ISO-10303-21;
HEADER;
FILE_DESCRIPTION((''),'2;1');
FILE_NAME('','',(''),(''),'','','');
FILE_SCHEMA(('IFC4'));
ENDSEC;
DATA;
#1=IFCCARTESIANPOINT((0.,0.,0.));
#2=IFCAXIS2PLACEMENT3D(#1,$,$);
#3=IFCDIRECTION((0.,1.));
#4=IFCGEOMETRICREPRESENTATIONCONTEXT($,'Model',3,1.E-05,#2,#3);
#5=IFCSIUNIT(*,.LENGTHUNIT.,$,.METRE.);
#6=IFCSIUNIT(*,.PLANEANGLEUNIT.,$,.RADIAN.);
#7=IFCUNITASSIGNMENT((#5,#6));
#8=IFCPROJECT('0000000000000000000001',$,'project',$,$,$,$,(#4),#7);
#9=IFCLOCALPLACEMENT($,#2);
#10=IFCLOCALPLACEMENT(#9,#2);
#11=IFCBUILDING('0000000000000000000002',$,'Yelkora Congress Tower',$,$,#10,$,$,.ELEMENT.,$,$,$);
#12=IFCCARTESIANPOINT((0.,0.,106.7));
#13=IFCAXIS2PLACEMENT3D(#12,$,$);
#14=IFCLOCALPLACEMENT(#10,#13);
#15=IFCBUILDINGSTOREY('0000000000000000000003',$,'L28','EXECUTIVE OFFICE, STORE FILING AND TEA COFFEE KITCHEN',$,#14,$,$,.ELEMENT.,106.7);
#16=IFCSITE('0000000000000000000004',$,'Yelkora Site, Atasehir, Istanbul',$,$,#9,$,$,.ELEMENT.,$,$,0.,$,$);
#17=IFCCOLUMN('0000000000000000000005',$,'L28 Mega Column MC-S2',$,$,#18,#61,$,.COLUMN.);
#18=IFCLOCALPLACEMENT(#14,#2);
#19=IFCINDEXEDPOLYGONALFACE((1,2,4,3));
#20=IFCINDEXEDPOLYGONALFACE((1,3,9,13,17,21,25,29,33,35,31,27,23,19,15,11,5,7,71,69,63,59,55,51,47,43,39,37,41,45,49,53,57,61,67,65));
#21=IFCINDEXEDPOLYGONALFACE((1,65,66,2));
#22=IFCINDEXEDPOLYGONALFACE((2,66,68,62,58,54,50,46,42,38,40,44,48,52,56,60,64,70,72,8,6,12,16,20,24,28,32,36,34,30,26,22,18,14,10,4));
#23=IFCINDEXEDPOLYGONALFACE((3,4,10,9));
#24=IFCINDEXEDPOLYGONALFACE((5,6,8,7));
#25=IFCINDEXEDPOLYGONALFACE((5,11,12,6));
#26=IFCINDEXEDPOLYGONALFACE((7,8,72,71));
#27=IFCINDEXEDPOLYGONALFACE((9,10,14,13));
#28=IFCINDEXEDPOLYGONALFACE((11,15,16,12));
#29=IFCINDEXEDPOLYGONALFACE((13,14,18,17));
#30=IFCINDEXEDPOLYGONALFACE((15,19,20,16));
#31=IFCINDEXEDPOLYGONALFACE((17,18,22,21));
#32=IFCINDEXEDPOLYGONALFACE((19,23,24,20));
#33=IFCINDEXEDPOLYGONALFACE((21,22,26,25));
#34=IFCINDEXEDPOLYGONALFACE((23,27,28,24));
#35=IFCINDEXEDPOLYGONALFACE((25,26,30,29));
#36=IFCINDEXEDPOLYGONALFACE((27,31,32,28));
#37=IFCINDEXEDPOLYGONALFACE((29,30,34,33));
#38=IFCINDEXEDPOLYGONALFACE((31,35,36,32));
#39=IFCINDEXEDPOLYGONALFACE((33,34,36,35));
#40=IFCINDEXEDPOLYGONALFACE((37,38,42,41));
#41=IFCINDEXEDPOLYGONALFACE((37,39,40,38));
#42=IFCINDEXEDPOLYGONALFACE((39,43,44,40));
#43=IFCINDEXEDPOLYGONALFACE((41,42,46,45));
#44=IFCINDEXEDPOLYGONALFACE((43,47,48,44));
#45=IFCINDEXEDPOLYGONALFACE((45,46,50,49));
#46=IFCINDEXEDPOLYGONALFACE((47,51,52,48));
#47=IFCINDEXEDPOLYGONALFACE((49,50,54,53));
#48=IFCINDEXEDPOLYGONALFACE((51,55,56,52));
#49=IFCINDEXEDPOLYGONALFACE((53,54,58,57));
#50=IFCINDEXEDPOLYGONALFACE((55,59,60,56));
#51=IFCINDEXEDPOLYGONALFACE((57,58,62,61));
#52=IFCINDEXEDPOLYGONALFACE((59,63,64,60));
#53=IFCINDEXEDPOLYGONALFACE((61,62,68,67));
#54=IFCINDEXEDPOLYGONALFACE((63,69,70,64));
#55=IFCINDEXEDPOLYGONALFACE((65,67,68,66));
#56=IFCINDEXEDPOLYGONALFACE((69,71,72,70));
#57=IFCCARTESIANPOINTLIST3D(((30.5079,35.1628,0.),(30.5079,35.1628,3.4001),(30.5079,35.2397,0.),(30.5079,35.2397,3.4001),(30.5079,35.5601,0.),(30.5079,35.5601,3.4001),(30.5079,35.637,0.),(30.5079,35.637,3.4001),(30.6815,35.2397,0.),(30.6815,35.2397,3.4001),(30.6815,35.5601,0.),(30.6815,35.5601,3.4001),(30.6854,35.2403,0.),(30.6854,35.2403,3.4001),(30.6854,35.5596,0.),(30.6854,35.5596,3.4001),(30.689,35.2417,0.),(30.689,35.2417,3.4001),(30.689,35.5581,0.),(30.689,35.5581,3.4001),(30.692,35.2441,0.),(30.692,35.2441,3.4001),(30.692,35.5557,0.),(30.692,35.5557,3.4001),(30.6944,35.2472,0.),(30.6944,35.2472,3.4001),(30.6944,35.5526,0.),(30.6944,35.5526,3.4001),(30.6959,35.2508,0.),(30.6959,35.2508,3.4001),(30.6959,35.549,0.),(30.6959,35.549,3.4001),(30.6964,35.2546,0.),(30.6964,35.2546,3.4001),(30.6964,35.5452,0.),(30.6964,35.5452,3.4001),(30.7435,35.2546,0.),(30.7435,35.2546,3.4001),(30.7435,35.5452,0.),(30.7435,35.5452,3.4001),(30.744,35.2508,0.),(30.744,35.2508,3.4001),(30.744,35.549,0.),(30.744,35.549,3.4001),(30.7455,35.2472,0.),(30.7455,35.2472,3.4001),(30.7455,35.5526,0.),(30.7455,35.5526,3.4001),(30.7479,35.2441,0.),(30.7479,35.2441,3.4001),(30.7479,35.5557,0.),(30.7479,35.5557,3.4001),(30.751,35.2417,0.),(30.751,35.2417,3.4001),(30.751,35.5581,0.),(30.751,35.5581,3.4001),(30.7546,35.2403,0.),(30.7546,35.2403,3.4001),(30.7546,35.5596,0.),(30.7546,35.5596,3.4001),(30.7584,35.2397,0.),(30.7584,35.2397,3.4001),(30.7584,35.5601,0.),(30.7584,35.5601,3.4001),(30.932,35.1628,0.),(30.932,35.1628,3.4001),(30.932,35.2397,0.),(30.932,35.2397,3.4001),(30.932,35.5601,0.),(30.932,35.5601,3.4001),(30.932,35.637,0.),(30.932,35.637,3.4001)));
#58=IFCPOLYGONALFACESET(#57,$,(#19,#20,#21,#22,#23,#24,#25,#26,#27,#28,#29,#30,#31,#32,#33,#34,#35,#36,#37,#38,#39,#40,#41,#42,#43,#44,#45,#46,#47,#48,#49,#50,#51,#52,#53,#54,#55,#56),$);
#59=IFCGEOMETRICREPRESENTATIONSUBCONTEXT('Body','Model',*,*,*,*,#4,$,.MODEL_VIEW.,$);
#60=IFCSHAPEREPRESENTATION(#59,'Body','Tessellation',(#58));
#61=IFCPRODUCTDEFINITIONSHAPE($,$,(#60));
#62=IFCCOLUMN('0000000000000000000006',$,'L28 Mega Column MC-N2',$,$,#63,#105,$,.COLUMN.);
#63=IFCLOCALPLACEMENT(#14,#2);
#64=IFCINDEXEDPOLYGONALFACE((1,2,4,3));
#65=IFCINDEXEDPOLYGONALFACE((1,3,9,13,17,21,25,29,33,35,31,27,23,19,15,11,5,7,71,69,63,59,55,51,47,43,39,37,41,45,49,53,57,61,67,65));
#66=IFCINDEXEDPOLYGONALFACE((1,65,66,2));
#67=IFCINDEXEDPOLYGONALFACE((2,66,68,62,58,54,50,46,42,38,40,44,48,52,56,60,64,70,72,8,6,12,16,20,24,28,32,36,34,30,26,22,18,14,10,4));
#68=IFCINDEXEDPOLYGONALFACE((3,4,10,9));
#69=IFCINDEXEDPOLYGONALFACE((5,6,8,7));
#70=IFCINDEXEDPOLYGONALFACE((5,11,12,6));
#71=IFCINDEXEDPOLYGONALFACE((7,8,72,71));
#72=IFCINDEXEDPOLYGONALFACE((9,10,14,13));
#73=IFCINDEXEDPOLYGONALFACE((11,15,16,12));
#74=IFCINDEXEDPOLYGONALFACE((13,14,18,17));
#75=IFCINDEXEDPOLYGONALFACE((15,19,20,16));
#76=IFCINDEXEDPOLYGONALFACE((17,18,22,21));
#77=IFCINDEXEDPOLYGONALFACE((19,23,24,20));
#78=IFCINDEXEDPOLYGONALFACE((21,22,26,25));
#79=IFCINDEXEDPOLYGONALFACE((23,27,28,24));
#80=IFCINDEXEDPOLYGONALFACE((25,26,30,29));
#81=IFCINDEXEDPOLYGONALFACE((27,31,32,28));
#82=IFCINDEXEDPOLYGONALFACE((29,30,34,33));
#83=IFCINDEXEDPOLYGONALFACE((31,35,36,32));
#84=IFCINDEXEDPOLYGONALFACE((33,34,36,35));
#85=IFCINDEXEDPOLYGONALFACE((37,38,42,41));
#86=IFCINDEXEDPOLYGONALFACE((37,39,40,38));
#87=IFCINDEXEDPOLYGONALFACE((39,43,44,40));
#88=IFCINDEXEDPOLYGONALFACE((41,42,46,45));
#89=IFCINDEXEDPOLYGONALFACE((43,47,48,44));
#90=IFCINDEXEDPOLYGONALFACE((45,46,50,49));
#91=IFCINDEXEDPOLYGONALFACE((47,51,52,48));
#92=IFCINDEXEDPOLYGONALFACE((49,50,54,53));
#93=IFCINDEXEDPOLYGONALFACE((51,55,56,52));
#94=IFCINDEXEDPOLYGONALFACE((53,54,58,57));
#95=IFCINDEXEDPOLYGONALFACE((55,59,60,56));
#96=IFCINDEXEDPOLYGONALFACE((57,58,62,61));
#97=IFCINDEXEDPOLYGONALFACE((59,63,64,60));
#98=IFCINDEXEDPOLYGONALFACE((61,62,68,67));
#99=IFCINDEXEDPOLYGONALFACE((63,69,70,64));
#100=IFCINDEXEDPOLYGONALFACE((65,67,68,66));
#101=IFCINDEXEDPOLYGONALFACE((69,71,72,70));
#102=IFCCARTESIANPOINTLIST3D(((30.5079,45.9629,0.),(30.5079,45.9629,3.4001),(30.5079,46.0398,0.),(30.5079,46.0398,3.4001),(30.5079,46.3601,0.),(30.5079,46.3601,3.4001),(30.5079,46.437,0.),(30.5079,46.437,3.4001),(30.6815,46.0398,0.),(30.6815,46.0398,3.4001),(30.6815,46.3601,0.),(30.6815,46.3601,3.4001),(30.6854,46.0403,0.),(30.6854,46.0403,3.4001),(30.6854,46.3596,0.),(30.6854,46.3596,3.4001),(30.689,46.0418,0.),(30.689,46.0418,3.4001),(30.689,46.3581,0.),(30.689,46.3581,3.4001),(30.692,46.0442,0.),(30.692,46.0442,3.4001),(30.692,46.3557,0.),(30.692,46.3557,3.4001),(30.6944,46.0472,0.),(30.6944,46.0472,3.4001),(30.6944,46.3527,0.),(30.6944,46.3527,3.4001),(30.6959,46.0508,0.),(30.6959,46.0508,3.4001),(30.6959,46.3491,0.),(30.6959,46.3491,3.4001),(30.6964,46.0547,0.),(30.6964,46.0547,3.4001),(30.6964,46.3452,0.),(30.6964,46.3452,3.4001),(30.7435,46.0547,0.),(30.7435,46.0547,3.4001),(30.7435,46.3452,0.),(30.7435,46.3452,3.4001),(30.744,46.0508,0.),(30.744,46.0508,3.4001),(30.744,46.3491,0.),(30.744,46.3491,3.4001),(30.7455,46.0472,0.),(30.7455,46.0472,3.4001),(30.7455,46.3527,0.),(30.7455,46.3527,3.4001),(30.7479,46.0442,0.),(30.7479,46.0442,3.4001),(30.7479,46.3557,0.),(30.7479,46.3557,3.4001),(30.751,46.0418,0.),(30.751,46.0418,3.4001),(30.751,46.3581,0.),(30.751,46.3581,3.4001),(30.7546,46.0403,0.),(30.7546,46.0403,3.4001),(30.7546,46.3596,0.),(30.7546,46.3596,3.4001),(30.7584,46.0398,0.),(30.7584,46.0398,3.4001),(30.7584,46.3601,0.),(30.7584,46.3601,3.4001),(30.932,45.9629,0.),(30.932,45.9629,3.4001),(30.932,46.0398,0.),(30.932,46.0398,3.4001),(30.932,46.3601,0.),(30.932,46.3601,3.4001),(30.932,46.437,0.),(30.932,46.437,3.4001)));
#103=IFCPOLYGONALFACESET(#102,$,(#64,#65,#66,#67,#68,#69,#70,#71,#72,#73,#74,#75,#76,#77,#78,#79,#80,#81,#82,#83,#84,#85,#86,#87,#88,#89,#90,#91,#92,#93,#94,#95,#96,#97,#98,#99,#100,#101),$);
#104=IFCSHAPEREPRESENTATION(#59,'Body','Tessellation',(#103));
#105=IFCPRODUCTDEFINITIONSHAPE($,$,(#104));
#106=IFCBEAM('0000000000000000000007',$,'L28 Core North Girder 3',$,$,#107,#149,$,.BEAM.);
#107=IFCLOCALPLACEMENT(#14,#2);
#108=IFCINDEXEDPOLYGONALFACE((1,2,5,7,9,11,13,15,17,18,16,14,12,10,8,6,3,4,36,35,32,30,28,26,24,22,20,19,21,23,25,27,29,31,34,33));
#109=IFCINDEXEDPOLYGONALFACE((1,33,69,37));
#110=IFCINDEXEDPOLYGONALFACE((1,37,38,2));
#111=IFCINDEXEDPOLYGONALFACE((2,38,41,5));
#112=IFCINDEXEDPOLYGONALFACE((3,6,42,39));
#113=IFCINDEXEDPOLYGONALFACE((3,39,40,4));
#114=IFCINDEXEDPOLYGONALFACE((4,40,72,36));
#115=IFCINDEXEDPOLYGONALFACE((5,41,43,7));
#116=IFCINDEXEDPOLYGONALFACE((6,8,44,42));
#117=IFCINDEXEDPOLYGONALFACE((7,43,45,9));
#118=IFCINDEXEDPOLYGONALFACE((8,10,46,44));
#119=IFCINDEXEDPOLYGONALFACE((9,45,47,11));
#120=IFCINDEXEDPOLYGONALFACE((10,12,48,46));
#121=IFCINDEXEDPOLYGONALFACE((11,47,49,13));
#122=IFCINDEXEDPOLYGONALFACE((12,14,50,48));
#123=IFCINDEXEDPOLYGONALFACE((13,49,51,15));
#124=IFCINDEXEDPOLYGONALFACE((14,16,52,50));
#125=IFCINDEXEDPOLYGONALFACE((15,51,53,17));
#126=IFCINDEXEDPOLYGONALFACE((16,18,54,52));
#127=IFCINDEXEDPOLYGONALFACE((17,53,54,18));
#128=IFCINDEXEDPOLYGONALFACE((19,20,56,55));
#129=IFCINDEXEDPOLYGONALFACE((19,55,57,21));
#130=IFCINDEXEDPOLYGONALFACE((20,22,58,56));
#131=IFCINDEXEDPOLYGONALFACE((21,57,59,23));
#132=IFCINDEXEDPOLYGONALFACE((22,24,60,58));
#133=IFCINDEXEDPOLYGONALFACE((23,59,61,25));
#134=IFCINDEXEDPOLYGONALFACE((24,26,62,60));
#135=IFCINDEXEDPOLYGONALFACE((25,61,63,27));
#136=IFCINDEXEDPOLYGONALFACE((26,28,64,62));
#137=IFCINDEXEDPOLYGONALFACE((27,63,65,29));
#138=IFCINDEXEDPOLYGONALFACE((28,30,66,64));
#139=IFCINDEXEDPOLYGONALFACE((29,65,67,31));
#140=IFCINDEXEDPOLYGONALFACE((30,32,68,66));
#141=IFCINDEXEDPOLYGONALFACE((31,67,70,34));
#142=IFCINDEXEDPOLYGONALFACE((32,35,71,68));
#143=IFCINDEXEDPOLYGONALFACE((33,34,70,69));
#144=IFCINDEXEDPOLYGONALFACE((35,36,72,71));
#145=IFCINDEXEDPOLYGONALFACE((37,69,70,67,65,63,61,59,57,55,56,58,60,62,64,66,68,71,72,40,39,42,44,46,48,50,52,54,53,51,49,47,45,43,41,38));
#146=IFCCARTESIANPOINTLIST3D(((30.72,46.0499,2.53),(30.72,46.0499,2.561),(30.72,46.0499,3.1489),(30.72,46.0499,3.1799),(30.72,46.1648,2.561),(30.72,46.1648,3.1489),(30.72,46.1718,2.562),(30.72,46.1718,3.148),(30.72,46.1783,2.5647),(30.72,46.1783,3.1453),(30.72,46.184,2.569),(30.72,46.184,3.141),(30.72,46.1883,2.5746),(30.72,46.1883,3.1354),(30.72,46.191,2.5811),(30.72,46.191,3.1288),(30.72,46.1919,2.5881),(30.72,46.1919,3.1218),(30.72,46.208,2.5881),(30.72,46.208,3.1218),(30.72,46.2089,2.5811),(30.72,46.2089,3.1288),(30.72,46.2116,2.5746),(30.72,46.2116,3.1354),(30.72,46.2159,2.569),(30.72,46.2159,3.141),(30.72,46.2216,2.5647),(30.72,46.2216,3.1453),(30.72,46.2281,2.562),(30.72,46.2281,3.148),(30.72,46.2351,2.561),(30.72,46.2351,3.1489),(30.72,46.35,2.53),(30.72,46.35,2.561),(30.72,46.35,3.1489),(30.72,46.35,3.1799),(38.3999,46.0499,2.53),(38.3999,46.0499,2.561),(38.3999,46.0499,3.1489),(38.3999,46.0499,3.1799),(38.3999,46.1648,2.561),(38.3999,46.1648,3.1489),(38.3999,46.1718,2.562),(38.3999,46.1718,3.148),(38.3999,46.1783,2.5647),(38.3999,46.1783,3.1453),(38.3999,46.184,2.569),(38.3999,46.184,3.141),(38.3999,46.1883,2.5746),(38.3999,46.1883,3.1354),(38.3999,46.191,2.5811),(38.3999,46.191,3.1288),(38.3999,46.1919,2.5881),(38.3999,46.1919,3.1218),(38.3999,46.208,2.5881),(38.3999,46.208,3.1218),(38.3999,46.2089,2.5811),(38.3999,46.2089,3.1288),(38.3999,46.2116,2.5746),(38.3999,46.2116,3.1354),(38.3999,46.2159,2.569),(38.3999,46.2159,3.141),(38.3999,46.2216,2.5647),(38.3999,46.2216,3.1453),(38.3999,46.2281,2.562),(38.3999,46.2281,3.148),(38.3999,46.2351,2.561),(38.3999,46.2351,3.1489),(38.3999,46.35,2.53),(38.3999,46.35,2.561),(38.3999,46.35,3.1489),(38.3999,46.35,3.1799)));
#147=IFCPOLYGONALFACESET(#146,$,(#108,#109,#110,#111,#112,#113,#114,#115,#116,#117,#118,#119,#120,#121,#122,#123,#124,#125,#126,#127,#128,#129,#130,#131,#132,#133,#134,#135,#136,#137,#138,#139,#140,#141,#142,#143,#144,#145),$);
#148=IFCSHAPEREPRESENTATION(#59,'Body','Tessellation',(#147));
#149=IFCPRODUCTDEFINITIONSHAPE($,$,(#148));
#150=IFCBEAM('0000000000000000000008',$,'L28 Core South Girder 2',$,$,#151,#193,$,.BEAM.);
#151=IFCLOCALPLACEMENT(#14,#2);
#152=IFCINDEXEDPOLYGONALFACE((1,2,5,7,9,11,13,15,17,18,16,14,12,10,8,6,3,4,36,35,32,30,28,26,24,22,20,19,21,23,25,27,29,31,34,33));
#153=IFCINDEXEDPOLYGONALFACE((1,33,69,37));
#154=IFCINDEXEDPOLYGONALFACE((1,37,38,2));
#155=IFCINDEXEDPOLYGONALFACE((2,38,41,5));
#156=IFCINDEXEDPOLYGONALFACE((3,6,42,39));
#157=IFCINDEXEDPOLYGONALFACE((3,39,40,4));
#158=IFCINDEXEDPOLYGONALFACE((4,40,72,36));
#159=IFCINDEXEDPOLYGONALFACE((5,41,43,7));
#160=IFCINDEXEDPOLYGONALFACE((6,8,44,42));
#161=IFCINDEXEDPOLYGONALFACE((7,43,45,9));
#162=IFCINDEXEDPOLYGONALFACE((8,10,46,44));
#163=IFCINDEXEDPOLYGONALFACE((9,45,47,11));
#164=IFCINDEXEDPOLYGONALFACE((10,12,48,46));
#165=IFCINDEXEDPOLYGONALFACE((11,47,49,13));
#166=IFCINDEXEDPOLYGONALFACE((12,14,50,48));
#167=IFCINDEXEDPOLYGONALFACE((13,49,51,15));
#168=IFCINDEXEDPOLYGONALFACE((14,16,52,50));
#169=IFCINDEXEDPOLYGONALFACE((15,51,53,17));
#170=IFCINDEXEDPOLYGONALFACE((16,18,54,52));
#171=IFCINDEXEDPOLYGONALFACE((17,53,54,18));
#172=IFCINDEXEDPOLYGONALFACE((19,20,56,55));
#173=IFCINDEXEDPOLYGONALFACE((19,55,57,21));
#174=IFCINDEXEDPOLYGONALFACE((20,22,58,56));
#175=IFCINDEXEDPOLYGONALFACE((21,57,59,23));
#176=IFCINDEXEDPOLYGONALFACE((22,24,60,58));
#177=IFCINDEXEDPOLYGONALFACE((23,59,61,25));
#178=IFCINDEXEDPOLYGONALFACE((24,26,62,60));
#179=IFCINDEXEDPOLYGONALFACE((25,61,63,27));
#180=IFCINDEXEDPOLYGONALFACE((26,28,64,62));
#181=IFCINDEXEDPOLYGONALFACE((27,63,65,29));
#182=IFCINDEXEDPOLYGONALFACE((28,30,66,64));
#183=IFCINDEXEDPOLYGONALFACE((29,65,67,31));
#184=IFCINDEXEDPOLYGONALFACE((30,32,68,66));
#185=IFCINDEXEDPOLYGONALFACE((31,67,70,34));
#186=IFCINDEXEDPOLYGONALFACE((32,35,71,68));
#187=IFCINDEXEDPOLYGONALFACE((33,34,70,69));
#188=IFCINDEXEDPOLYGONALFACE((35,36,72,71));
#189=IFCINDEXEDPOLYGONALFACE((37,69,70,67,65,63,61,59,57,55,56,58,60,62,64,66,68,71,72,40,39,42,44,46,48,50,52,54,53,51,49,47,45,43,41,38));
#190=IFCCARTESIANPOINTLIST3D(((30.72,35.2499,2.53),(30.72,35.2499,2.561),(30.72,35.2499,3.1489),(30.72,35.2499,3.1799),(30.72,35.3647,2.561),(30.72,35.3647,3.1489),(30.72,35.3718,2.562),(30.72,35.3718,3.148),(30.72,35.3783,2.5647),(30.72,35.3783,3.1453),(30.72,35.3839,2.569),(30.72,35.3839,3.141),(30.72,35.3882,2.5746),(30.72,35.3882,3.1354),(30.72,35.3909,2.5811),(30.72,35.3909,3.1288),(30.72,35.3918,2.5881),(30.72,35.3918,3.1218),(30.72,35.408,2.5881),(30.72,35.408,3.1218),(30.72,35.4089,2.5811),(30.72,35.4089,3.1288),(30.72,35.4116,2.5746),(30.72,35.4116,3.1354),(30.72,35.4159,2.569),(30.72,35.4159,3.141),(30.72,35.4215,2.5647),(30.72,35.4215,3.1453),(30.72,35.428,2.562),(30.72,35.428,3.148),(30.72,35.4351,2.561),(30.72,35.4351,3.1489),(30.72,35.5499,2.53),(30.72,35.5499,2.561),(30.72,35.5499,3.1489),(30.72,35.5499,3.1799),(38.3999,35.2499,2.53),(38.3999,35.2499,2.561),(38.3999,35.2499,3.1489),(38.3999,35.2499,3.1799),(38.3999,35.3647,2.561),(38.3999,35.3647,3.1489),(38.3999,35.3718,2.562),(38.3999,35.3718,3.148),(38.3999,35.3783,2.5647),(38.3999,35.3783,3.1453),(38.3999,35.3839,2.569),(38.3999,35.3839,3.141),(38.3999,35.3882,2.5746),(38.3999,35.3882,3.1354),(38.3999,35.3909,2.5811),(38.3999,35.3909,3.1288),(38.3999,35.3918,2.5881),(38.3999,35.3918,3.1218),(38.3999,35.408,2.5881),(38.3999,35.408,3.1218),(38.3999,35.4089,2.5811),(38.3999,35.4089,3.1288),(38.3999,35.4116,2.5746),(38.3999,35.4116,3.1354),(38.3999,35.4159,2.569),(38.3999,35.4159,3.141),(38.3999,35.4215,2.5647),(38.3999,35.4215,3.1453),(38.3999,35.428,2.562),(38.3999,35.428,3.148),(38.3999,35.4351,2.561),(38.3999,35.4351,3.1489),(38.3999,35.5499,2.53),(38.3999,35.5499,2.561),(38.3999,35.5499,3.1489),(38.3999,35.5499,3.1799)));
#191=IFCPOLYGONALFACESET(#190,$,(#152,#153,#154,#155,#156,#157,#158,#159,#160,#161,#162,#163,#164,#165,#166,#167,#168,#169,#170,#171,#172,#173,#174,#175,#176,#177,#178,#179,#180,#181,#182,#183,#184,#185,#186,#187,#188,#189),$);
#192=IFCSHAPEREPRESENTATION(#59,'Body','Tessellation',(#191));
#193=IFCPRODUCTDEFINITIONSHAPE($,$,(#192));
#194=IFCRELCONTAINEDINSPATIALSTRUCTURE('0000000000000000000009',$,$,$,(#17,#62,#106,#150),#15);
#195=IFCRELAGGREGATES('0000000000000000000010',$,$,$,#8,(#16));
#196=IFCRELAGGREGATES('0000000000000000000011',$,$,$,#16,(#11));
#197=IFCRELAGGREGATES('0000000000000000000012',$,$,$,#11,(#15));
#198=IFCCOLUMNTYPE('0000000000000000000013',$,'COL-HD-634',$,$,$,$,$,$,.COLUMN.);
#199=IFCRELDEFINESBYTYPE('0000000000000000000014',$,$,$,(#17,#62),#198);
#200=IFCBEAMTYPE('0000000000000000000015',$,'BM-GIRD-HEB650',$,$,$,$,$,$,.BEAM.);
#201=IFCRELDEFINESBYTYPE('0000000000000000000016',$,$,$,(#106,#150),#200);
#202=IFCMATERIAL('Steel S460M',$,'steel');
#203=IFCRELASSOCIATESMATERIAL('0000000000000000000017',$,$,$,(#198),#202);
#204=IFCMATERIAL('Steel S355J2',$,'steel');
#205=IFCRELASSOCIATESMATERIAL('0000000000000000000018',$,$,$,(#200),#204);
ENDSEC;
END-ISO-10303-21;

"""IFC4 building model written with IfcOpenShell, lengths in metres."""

from ifc_helpers import new_model, si_unit, direction, frame, origin, origin_2d, place, context, subcontext, project, spatial, i_section, extrude, material, material_profile, profile_set, type_object, element, save


model = new_model("IFC4")

# Units and contexts
model_context = context("Model", 3, precision=1e-05, world=origin(), true_north=direction((0.0, 1.0)))
body_context = subcontext(model_context, "Body", "Model", "MODEL_VIEW")
ifc_project = project(units=[si_unit("LENGTHUNIT", "METRE"), si_unit("PLANEANGLEUNIT", "RADIAN")], contexts=[model_context])

# Site, building, storey
site_placement = place(None, origin())
site = spatial("IfcSite", under=ifc_project, at=site_placement, Name="Yelkora Site, Atasehir, Istanbul", CompositionType="ELEMENT", RefElevation=0.0)
building_placement = place(site_placement, origin())
building = spatial("IfcBuilding", under=site, at=building_placement, Name="Yelkora Congress Tower", CompositionType="ELEMENT")
storey_placement = place(building_placement, frame((0.0, 0.0, 106.7)))
storey = spatial("IfcBuildingStorey", under=building, at=storey_placement, Name="L28", Description="EXECUTIVE OFFICE, STORE FILING AND TEA COFFEE KITCHEN", CompositionType="ELEMENT", Elevation=106.7)

# Columns
ifc_material_1 = material(Name="Steel S460M", Category="steel")
ifc_material_profile_1 = material_profile(ifc_material_1, i_section(OverallWidth=0.4241, OverallDepth=0.4741, WebThickness=0.0471, FlangeThickness=0.0769, FilletRadius=0.0149, at=origin_2d()), Name="HD 400x634")
ifc_profile_set_1 = profile_set([ifc_material_profile_1], Name="Steel S460M")
column_type = type_object("IfcColumnType", Name="COL-HD-634", PredefinedType="COLUMN", material=ifc_profile_set_1)
for number, where, z_axis, x_axis, name in (
    (1, (30.72, 35.3999, 0.0), (0.0, 0.0, 1.0), (1.0, 0.0, 0.0), "L28 Mega Column MC-S2"),
    (2, (30.72, 46.2, 0.0), (0.0, 0.0, 1.0), (1.0, 0.0, 0.0), "L28 Mega Column MC-N2"),
):
    element("IfcColumn", number, at=place(storey_placement, frame(where, z_axis=z_axis, x_axis=x_axis)), inside=storey, type_object=column_type, Name=name, PredefinedType="COLUMN", context=body_context, shape_type="SweptSolid", body=[
        extrude(i_section(OverallWidth=0.4241, OverallDepth=0.4741, WebThickness=0.0471, FlangeThickness=0.0769, FilletRadius=0.0149, at=origin_2d()), origin(), (0.0, 0.0, 1.0), 3.4001),
    ])

# Beams
ifc_material_2 = material(Name="Steel S355J2", Category="steel")
ifc_material_profile_2 = material_profile(ifc_material_2, i_section(OverallWidth=0.3, OverallDepth=0.6499, WebThickness=0.0161, FlangeThickness=0.031, FilletRadius=0.0271, at=origin_2d()), Name="HEB 650")
ifc_profile_set_2 = profile_set([ifc_material_profile_2], Name="Steel S355J2")
beam_type = type_object("IfcBeamType", Name="BM-GIRD-HEB650", PredefinedType="BEAM", material=ifc_profile_set_2)
for number, where, z_axis, x_axis, name in (
    (3, (30.72, 46.2, 2.855), (1.0, 0.0, 0.0), (0.0, 1.0, 0.0), "L28 Core North Girder 3"),
    (4, (30.72, 35.3999, 2.855), (1.0, 0.0, 0.0), (0.0, 1.0, 0.0), "L28 Core South Girder 2"),
):
    element("IfcBeam", number, at=place(storey_placement, frame(where, z_axis=z_axis, x_axis=x_axis)), inside=storey, type_object=beam_type, Name=name, PredefinedType="BEAM", context=body_context, shape_type="SweptSolid", body=[
        extrude(i_section(OverallWidth=0.3, OverallDepth=0.6499, WebThickness=0.0161, FlangeThickness=0.031, FilletRadius=0.0271, at=origin_2d()), origin(), (0.0, 0.0, 1.0), 7.6799),
    ])

save(model, "model.ifc")
